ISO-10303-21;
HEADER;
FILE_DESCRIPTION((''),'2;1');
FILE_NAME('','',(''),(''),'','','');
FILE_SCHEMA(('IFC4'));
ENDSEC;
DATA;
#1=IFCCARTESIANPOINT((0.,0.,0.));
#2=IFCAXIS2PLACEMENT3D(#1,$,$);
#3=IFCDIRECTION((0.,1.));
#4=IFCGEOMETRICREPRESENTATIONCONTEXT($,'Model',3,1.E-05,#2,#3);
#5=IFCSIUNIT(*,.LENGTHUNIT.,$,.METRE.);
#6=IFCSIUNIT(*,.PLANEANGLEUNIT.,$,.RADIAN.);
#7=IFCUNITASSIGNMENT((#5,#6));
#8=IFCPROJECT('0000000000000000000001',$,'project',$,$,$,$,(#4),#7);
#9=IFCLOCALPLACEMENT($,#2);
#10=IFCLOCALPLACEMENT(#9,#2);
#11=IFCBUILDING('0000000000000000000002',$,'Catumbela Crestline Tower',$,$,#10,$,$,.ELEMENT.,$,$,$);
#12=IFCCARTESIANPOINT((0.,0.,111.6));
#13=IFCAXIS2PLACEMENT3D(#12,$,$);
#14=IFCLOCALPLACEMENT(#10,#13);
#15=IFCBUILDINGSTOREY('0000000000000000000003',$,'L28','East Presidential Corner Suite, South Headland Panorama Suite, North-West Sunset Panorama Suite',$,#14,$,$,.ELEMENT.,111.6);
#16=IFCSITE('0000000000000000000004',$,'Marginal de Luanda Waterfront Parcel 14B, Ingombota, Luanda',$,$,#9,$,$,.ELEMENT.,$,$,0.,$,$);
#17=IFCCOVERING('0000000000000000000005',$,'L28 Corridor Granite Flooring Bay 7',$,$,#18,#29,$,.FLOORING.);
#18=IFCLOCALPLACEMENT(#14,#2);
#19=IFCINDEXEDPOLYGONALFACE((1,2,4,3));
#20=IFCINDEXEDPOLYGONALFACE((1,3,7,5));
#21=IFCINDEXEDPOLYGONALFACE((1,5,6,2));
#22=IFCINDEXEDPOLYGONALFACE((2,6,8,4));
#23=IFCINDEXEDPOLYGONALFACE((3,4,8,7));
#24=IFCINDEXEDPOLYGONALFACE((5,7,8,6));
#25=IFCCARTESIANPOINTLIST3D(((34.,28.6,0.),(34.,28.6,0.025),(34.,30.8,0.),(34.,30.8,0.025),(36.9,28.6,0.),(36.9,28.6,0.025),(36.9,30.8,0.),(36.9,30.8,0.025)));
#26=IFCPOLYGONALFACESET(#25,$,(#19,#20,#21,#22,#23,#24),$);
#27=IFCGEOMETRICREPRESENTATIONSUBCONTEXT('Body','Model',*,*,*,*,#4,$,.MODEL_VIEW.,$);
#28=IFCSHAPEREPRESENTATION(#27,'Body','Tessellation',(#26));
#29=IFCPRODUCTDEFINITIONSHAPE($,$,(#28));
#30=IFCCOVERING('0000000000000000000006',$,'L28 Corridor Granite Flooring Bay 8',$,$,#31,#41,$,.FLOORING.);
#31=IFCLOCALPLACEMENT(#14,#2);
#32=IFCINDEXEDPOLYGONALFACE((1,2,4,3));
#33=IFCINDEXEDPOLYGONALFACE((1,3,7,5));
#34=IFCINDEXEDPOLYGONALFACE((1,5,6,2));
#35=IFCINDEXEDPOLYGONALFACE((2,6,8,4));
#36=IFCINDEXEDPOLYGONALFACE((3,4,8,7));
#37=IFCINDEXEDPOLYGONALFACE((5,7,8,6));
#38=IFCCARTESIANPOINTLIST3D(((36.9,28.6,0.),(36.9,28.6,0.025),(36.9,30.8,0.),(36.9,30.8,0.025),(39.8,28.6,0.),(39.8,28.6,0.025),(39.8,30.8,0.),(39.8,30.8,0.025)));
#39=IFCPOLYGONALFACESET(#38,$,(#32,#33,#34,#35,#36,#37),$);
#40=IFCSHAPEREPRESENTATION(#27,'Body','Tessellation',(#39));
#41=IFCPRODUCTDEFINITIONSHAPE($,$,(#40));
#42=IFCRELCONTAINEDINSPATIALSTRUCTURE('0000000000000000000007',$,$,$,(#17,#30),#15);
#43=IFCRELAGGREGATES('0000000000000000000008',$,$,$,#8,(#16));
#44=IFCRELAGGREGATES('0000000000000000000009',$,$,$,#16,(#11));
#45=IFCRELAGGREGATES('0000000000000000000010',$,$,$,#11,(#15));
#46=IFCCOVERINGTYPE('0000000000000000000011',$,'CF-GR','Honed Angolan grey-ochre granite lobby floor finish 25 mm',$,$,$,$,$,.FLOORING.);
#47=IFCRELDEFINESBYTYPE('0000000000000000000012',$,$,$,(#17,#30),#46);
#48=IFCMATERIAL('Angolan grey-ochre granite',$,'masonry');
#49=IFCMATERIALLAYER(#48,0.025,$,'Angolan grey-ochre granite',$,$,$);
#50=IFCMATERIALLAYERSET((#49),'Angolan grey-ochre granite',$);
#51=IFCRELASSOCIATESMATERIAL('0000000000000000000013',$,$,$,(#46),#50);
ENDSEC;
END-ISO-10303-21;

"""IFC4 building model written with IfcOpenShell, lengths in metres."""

from ifc_helpers import new_model, si_unit, direction, frame, origin, place, context, subcontext, project, spatial, polyline, outline, extrude, material, layer, layer_set, type_object, element, save


model = new_model("IFC4")

# Units and contexts
model_context = context("Model", 3, precision=1e-05, world=origin(), true_north=direction((0.0, 1.0)))
body_context = subcontext(model_context, "Body", "Model", "MODEL_VIEW")
ifc_project = project(units=[si_unit("LENGTHUNIT", "METRE"), si_unit("PLANEANGLEUNIT", "RADIAN")], contexts=[model_context])

# Site, building, storey
site_placement = place(None, origin())
site = spatial("IfcSite", under=ifc_project, at=site_placement, Name="Marginal de Luanda Waterfront Parcel 14B, Ingombota, Luanda", CompositionType="ELEMENT", RefElevation=0.0)
building_placement = place(site_placement, origin())
building = spatial("IfcBuilding", under=site, at=building_placement, Name="Catumbela Crestline Tower", CompositionType="ELEMENT")
storey_placement = place(building_placement, frame((0.0, 0.0, 111.6)))
storey = spatial("IfcBuildingStorey", under=building, at=storey_placement, Name="L28", Description="East Presidential Corner Suite, South Headland Panorama Suite, North-West Sunset Panorama Suite", CompositionType="ELEMENT", Elevation=111.6)

# Shared definitions
ifc_material_1 = material(Name="Angolan grey-ochre granite", Category="masonry")

# Coverings
ifc_layer_1 = layer(ifc_material_1, 0.025, Name="Angolan grey-ochre granite")
ifc_layer_set_1 = layer_set([ifc_layer_1], Name="Angolan grey-ochre granite")
covering_type_1 = type_object("IfcCoveringType", Name="CF-GR", Description="Honed Angolan grey-ochre granite lobby floor finish 25 mm", PredefinedType="FLOORING", material=ifc_layer_set_1)
covering_1_placement = place(storey_placement, origin())
element("IfcCovering", 1, at=covering_1_placement, inside=storey, type_object=covering_type_1, Name="L28 Corridor Granite Flooring Bay 7", PredefinedType="FLOORING", context=body_context, shape_type="SweptSolid", body=[
    extrude(outline(polyline([(34.0, 28.6), (36.9, 28.6), (36.9, 30.8), (34.0, 30.8), (34.0, 28.6)])), origin(), (0.0, 0.0, 1.0), 0.025),
])
covering_2_placement = place(storey_placement, origin())
element("IfcCovering", 2, at=covering_2_placement, inside=storey, type_object=covering_type_1, Name="L28 Corridor Granite Flooring Bay 8", PredefinedType="FLOORING", context=body_context, shape_type="SweptSolid", body=[
    extrude(outline(polyline([(36.9, 28.6), (39.8, 28.6), (39.8, 30.8), (36.9, 30.8), (36.9, 28.6)])), origin(), (0.0, 0.0, 1.0), 0.025),
])

save(model, "model.ifc")
